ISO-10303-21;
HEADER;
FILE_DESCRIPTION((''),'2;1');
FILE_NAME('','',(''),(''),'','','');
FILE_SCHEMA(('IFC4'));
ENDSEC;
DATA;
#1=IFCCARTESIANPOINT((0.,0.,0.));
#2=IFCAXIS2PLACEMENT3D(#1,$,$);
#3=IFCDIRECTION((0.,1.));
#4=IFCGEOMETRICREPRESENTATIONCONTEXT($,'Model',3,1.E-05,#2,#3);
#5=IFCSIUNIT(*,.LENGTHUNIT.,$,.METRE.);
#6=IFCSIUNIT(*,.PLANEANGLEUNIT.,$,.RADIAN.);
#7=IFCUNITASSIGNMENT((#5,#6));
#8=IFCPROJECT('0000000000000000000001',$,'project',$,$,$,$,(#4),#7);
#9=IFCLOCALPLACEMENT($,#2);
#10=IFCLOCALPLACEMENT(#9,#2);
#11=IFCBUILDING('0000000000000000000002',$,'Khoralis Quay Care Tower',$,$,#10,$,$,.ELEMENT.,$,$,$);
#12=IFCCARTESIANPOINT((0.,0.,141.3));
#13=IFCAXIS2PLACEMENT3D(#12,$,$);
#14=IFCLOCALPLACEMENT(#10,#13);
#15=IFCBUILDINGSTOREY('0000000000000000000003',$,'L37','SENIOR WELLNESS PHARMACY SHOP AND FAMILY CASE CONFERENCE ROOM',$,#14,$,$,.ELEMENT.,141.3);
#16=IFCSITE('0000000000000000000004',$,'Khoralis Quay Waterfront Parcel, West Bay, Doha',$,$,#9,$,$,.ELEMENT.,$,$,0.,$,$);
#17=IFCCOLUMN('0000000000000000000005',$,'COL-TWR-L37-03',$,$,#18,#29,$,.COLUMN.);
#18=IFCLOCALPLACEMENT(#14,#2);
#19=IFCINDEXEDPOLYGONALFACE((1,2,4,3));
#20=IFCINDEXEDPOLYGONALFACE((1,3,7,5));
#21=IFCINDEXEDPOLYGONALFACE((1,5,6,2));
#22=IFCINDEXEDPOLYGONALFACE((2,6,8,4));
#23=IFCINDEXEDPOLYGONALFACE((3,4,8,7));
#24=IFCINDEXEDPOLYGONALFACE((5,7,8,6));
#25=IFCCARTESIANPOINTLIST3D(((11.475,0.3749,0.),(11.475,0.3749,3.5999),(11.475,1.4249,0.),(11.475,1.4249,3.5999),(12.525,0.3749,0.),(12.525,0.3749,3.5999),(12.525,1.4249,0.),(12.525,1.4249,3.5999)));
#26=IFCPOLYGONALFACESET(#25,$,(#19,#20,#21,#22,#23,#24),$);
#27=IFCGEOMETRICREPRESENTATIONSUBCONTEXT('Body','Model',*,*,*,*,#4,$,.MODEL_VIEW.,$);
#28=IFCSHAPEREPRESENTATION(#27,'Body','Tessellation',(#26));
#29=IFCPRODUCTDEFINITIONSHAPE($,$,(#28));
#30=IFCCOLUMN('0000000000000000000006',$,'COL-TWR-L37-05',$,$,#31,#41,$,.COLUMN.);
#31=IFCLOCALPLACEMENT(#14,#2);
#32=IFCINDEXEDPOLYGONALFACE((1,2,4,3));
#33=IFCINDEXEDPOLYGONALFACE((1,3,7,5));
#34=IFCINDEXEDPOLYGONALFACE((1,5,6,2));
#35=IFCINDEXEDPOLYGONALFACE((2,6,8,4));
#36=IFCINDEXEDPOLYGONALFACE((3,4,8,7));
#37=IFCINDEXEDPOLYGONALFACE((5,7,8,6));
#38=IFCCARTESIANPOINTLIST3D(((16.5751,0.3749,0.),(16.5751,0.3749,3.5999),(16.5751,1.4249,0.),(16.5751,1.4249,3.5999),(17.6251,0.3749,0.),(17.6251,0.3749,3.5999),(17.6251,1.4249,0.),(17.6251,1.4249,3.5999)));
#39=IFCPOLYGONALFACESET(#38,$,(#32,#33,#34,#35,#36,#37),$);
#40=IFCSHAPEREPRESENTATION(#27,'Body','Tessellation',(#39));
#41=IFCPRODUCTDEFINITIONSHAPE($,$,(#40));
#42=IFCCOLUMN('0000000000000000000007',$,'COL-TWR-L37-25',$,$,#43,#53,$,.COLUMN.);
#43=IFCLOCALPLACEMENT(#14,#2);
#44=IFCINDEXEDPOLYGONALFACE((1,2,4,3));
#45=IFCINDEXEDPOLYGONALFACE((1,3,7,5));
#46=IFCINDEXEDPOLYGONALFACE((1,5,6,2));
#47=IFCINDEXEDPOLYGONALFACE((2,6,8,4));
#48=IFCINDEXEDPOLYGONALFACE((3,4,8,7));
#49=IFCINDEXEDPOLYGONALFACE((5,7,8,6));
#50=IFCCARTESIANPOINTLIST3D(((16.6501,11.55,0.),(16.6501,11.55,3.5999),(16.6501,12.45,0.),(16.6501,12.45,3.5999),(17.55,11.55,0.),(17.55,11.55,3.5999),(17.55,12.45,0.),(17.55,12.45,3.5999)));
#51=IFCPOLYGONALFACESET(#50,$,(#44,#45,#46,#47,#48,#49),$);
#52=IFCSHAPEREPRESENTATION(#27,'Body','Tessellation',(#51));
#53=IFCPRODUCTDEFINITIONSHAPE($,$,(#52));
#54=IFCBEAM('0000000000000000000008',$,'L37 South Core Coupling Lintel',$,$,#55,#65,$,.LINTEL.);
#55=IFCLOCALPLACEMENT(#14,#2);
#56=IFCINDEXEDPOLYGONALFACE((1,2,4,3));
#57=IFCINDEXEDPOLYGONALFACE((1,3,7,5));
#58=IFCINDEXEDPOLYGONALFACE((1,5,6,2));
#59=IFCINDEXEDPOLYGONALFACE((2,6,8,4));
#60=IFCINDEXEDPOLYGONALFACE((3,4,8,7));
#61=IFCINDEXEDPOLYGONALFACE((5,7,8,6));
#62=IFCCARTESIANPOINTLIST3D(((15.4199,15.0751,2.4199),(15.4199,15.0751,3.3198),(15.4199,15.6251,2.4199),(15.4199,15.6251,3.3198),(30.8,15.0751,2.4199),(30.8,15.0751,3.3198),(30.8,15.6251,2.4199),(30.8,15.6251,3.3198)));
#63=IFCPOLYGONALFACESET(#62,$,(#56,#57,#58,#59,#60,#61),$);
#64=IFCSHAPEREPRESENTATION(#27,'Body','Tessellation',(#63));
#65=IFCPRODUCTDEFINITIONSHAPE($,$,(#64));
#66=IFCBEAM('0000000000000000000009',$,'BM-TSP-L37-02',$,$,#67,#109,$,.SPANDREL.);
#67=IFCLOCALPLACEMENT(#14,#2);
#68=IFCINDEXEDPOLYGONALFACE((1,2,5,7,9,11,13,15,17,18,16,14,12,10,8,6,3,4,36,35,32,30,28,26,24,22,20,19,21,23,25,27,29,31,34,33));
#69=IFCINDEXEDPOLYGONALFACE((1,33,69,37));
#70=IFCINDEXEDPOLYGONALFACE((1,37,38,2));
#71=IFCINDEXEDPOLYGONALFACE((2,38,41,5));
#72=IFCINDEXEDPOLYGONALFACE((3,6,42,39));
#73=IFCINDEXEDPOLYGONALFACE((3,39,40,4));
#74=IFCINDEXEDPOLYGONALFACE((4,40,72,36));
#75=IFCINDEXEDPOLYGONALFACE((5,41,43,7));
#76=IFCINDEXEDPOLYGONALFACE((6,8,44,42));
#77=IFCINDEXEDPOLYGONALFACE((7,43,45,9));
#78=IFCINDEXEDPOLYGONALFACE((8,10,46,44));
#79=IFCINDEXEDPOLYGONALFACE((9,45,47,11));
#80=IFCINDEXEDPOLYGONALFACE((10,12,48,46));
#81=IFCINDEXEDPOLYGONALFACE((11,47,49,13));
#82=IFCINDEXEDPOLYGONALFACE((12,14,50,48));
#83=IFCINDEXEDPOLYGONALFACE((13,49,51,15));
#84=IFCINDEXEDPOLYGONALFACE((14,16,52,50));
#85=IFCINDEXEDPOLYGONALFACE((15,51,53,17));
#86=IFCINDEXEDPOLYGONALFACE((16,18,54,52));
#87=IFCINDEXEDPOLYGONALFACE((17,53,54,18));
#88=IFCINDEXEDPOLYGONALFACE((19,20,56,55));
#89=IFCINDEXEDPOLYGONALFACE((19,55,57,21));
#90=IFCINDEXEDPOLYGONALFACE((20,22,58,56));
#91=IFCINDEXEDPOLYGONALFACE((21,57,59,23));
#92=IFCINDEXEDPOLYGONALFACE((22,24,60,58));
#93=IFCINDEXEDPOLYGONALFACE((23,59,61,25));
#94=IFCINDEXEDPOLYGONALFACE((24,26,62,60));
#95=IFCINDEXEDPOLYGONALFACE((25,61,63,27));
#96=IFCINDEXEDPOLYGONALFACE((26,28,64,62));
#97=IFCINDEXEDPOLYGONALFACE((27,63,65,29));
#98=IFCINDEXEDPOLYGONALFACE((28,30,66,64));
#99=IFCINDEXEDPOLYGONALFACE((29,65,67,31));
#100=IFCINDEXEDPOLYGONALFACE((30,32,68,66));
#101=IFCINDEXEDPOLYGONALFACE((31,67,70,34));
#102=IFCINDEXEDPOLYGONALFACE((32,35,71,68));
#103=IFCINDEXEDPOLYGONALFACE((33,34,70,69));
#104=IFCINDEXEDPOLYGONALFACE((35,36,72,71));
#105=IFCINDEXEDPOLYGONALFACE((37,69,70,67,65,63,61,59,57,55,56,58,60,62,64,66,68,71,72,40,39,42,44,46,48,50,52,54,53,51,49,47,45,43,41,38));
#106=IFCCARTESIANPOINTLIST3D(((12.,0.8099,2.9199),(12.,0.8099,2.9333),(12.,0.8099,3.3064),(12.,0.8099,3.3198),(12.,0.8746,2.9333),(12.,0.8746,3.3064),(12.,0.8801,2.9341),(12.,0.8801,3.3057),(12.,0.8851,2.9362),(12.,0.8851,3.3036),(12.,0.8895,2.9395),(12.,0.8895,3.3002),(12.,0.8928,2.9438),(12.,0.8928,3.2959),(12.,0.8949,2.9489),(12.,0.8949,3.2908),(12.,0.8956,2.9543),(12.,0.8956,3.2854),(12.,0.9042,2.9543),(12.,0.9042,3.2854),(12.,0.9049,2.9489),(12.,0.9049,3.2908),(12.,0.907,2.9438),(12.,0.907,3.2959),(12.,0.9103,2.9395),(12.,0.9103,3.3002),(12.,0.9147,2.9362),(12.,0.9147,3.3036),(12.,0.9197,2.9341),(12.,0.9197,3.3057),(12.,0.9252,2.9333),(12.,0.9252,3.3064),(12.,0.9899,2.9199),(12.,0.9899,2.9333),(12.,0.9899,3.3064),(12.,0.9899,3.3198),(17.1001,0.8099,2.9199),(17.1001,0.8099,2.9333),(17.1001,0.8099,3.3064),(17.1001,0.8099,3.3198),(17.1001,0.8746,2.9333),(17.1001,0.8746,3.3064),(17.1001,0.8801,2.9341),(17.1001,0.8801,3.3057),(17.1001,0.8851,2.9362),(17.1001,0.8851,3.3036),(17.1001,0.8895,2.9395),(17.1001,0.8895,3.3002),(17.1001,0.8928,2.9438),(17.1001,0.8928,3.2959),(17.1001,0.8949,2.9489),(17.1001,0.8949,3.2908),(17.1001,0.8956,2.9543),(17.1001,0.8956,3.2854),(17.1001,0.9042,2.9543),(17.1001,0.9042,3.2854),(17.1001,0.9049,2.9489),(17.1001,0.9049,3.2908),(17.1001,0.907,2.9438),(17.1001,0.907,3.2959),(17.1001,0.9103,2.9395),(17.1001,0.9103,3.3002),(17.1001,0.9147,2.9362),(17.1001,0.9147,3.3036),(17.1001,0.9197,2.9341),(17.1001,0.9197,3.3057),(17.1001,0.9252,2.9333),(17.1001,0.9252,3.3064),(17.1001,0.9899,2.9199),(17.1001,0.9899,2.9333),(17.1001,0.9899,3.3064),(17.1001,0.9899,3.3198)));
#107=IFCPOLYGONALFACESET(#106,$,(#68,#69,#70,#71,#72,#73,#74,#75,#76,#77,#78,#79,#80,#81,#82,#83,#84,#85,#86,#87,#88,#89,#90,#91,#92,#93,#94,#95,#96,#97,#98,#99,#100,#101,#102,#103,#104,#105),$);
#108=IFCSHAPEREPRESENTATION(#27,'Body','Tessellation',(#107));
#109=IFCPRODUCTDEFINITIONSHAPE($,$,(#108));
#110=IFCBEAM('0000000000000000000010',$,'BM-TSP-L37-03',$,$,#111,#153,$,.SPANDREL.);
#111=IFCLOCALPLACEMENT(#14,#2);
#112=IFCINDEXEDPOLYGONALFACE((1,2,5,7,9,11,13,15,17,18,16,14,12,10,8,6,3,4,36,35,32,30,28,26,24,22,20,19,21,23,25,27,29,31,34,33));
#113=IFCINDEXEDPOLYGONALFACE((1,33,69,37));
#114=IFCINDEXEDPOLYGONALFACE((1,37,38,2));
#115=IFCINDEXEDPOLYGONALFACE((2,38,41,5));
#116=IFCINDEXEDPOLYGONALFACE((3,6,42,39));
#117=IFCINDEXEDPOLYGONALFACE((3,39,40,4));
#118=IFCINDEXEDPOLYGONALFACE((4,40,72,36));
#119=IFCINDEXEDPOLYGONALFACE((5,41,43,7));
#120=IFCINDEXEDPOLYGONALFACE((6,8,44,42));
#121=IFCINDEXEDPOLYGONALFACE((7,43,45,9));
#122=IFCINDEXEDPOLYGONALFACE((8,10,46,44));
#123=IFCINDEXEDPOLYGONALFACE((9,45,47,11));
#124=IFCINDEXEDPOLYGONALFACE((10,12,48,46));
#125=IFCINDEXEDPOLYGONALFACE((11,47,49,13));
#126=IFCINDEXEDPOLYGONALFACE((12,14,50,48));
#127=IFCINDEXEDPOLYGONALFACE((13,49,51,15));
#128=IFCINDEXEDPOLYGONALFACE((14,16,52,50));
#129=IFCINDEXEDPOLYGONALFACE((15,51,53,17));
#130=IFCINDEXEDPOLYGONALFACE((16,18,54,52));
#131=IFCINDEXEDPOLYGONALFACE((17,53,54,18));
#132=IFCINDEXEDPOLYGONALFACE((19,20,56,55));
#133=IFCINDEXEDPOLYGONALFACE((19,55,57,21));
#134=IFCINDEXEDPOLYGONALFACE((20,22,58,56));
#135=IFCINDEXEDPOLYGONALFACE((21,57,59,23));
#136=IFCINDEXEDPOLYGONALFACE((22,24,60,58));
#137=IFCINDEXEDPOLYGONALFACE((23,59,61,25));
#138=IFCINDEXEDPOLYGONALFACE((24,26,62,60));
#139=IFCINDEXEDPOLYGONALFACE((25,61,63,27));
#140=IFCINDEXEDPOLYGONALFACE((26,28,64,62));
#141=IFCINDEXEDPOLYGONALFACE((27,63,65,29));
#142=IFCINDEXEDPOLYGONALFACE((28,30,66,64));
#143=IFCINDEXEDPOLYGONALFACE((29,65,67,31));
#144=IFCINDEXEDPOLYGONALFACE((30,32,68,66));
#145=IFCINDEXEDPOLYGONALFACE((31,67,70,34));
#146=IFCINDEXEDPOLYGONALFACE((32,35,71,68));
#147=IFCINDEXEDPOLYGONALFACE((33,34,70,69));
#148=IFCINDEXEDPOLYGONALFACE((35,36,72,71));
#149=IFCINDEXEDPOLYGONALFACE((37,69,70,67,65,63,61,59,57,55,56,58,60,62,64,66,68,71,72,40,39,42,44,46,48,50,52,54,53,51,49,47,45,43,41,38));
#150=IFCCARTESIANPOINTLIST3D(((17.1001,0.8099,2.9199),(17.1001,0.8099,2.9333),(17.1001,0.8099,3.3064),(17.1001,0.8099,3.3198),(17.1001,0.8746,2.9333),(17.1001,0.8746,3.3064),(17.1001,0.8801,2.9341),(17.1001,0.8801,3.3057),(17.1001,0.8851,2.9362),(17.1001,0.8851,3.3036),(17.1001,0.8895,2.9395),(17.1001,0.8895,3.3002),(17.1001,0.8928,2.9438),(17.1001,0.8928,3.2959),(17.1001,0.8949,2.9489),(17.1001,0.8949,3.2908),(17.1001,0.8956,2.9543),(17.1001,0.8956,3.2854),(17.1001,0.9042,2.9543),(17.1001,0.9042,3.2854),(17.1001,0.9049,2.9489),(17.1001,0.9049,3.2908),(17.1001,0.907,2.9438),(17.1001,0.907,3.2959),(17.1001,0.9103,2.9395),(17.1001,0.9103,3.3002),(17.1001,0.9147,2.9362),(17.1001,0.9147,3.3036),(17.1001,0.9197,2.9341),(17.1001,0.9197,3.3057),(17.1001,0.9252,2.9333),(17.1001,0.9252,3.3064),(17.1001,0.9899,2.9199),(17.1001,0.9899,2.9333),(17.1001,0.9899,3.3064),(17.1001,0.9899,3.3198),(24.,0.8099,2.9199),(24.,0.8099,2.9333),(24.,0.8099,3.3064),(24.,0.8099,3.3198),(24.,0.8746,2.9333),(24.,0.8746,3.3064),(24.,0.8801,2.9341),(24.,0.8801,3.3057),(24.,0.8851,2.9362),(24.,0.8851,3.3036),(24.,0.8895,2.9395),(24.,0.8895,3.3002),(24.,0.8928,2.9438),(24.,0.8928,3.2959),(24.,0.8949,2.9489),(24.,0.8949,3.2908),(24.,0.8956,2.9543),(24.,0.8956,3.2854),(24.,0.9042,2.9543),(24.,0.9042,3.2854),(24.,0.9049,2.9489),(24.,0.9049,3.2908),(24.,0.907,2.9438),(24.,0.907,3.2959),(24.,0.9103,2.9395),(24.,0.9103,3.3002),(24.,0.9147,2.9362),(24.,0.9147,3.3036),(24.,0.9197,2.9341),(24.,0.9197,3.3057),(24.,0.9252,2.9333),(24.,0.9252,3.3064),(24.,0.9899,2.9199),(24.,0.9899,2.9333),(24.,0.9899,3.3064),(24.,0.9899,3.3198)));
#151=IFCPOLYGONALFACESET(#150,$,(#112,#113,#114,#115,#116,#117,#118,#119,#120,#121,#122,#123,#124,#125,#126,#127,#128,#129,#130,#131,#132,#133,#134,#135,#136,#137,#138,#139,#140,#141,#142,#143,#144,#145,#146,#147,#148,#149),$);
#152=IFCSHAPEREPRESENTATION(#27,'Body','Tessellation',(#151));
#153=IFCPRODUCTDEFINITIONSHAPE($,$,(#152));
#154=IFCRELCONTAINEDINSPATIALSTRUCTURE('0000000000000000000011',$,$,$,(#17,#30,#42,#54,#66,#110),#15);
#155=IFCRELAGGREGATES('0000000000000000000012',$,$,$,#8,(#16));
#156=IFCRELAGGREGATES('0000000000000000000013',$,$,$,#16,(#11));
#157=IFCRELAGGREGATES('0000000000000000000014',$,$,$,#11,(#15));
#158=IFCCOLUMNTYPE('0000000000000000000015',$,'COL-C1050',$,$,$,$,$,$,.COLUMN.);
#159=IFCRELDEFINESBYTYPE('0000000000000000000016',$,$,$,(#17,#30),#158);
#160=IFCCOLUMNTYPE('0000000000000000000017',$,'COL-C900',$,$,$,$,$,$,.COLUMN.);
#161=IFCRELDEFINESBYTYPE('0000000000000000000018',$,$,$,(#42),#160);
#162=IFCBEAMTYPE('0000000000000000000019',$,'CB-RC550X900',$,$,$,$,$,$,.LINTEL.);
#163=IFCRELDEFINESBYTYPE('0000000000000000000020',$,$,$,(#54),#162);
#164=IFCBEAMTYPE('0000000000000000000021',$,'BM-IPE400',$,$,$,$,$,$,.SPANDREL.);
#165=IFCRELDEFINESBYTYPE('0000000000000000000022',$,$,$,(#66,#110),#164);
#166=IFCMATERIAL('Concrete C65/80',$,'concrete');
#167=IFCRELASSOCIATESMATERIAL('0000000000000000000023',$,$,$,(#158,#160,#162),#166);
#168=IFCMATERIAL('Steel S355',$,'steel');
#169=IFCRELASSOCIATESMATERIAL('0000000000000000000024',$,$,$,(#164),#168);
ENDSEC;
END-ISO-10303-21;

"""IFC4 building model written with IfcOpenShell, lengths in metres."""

from ifc_helpers import new_model, si_unit, direction, frame, origin, origin_2d, place, context, subcontext, project, spatial, rectangle, i_section, extrude, source, transform, mapped, material, material_profile, profile_set, type_object, element, save


model = new_model("IFC4")

# Units and contexts
model_context = context("Model", 3, precision=1e-05, world=origin(), true_north=direction((0.0, 1.0)))
body_context = subcontext(model_context, "Body", "Model", "MODEL_VIEW")
ifc_project = project(units=[si_unit("LENGTHUNIT", "METRE"), si_unit("PLANEANGLEUNIT", "RADIAN")], contexts=[model_context])

# Site, building, storey
site_placement = place(None, origin())
site = spatial("IfcSite", under=ifc_project, at=site_placement, Name="Khoralis Quay Waterfront Parcel, West Bay, Doha", CompositionType="ELEMENT", RefElevation=0.0)
building_placement = place(site_placement, origin())
building = spatial("IfcBuilding", under=site, at=building_placement, Name="Khoralis Quay Care Tower", CompositionType="ELEMENT")
storey_placement = place(building_placement, frame((0.0, 0.0, 141.3)))
storey = spatial("IfcBuildingStorey", under=building, at=storey_placement, Name="L37", Description="SENIOR WELLNESS PHARMACY SHOP AND FAMILY CASE CONFERENCE ROOM", CompositionType="ELEMENT", Elevation=141.3)

# Columns
ifc_material_1 = material(Name="Concrete C65/80", Category="concrete")
ifc_material_profile_1 = material_profile(ifc_material_1, rectangle(XDim=1.05, YDim=1.05, at=origin_2d()), Name="Concrete C65/80")
ifc_profile_set_1 = profile_set([ifc_material_profile_1], Name="Concrete C65/80")
column_type_1 = type_object("IfcColumnType", Name="COL-C1050", PredefinedType="COLUMN", material=ifc_profile_set_1)
shared_shape_1 = source(origin(), body_context, "Body", "SweptSolid", [
    extrude(rectangle(XDim=1.05, YDim=1.05, at=origin_2d()), origin(), (0.0, 0.0, 1.0), 3.5999),
])
for number, where, z_axis, x_axis, name in (
    (1, (12.0, 0.8999, 0.0), (0.0, 0.0, 1.0), (1.0, 0.0, 0.0), "COL-TWR-L37-03"),
    (2, (17.1001, 0.8999, 0.0), (0.0, 0.0, 1.0), (1.0, 0.0, 0.0), "COL-TWR-L37-05"),
):
    element("IfcColumn", number, at=place(storey_placement, frame(where, z_axis=z_axis, x_axis=x_axis)), inside=storey, type_object=column_type_1, Name=name, PredefinedType="COLUMN", context=body_context, shape_type="MappedRepresentation", body=[
        mapped(shared_shape_1, transform((0.0, 0.0, 0.0), scale=1.0)),
    ])
ifc_material_profile_2 = material_profile(ifc_material_1, rectangle(XDim=0.8999, YDim=0.8999, at=origin_2d()), Name="Concrete C65/80")
ifc_profile_set_2 = profile_set([ifc_material_profile_2], Name="Concrete C65/80")
column_type_2 = type_object("IfcColumnType", Name="COL-C900", PredefinedType="COLUMN", material=ifc_profile_set_2)
shared_shape_2 = source(origin(), body_context, "Body", "SweptSolid", [
    extrude(rectangle(XDim=0.8999, YDim=0.8999, at=origin_2d()), origin(), (0.0, 0.0, 1.0), 3.5999),
])
column_placement = place(storey_placement, frame((17.1001, 12.0, 0.0), z_axis=(0.0, 0.0, 1.0), x_axis=(1.0, 0.0, 0.0)))
element("IfcColumn", 3, at=column_placement, inside=storey, type_object=column_type_2, Name="COL-TWR-L37-25", PredefinedType="COLUMN", context=body_context, shape_type="MappedRepresentation", body=[
    mapped(shared_shape_2, transform((0.0, 0.0, 0.0), scale=1.0)),
])

# Beams
ifc_material_profile_3 = material_profile(ifc_material_1, rectangle(XDim=0.55, YDim=0.8999, at=origin_2d()), Name="Concrete C65/80")
ifc_profile_set_3 = profile_set([ifc_material_profile_3], Name="Concrete C65/80")
beam_type_1 = type_object("IfcBeamType", Name="CB-RC550X900", PredefinedType="LINTEL", material=ifc_profile_set_3)
shared_shape_3 = source(origin(), body_context, "Body", "SweptSolid", [
    extrude(rectangle(XDim=0.55, YDim=0.8999, at=origin_2d()), origin(), (0.0, 0.0, 1.0), 15.3801),
])
beam_1_placement = place(storey_placement, frame((15.4199, 15.3501, 2.8699), z_axis=(1.0, 0.0, 0.0), x_axis=(0.0, 1.0, 0.0)))
element("IfcBeam", 4, at=beam_1_placement, inside=storey, type_object=beam_type_1, Name="L37 South Core Coupling Lintel", PredefinedType="LINTEL", context=body_context, shape_type="MappedRepresentation", body=[
    mapped(shared_shape_3, transform((0.0, 0.0, 0.0), scale=1.0)),
])
ifc_material_2 = material(Name="Steel S355", Category="steel")
ifc_material_profile_4 = material_profile(ifc_material_2, i_section(OverallWidth=0.1799, OverallDepth=0.3999, WebThickness=0.0085, FlangeThickness=0.0134, FilletRadius=0.021, at=origin_2d()), Name="Steel S355")
ifc_profile_set_4 = profile_set([ifc_material_profile_4], Name="Steel S355")
beam_type_2 = type_object("IfcBeamType", Name="BM-IPE400", PredefinedType="SPANDREL", material=ifc_profile_set_4)
shared_shape_4 = source(origin(), body_context, "Body", "SweptSolid", [
    extrude(i_section(OverallWidth=0.1799, OverallDepth=0.3999, WebThickness=0.0085, FlangeThickness=0.0134, FilletRadius=0.021, at=origin_2d()), origin(), (0.0, 0.0, 1.0), 5.1001),
])
beam_2_placement = place(storey_placement, frame((12.0, 0.8999, 3.1199), z_axis=(1.0, 0.0, 0.0), x_axis=(0.0, 1.0, 0.0)))
element("IfcBeam", 5, at=beam_2_placement, inside=storey, type_object=beam_type_2, Name="BM-TSP-L37-02", PredefinedType="SPANDREL", context=body_context, shape_type="MappedRepresentation", body=[
    mapped(shared_shape_4, transform((0.0, 0.0, 0.0), scale=1.0)),
])
shared_shape_5 = source(origin(), body_context, "Body", "SweptSolid", [
    extrude(i_section(OverallWidth=0.1799, OverallDepth=0.3999, WebThickness=0.0085, FlangeThickness=0.0134, FilletRadius=0.021, at=origin_2d()), origin(), (0.0, 0.0, 1.0), 6.8999),
])
beam_3_placement = place(storey_placement, frame((17.1001, 0.8999, 3.1199), z_axis=(1.0, 0.0, 0.0), x_axis=(0.0, 1.0, 0.0)))
element("IfcBeam", 6, at=beam_3_placement, inside=storey, type_object=beam_type_2, Name="BM-TSP-L37-03", PredefinedType="SPANDREL", context=body_context, shape_type="MappedRepresentation", body=[
    mapped(shared_shape_5, transform((0.0, 0.0, 0.0), scale=1.0)),
])

save(model, "model.ifc")
